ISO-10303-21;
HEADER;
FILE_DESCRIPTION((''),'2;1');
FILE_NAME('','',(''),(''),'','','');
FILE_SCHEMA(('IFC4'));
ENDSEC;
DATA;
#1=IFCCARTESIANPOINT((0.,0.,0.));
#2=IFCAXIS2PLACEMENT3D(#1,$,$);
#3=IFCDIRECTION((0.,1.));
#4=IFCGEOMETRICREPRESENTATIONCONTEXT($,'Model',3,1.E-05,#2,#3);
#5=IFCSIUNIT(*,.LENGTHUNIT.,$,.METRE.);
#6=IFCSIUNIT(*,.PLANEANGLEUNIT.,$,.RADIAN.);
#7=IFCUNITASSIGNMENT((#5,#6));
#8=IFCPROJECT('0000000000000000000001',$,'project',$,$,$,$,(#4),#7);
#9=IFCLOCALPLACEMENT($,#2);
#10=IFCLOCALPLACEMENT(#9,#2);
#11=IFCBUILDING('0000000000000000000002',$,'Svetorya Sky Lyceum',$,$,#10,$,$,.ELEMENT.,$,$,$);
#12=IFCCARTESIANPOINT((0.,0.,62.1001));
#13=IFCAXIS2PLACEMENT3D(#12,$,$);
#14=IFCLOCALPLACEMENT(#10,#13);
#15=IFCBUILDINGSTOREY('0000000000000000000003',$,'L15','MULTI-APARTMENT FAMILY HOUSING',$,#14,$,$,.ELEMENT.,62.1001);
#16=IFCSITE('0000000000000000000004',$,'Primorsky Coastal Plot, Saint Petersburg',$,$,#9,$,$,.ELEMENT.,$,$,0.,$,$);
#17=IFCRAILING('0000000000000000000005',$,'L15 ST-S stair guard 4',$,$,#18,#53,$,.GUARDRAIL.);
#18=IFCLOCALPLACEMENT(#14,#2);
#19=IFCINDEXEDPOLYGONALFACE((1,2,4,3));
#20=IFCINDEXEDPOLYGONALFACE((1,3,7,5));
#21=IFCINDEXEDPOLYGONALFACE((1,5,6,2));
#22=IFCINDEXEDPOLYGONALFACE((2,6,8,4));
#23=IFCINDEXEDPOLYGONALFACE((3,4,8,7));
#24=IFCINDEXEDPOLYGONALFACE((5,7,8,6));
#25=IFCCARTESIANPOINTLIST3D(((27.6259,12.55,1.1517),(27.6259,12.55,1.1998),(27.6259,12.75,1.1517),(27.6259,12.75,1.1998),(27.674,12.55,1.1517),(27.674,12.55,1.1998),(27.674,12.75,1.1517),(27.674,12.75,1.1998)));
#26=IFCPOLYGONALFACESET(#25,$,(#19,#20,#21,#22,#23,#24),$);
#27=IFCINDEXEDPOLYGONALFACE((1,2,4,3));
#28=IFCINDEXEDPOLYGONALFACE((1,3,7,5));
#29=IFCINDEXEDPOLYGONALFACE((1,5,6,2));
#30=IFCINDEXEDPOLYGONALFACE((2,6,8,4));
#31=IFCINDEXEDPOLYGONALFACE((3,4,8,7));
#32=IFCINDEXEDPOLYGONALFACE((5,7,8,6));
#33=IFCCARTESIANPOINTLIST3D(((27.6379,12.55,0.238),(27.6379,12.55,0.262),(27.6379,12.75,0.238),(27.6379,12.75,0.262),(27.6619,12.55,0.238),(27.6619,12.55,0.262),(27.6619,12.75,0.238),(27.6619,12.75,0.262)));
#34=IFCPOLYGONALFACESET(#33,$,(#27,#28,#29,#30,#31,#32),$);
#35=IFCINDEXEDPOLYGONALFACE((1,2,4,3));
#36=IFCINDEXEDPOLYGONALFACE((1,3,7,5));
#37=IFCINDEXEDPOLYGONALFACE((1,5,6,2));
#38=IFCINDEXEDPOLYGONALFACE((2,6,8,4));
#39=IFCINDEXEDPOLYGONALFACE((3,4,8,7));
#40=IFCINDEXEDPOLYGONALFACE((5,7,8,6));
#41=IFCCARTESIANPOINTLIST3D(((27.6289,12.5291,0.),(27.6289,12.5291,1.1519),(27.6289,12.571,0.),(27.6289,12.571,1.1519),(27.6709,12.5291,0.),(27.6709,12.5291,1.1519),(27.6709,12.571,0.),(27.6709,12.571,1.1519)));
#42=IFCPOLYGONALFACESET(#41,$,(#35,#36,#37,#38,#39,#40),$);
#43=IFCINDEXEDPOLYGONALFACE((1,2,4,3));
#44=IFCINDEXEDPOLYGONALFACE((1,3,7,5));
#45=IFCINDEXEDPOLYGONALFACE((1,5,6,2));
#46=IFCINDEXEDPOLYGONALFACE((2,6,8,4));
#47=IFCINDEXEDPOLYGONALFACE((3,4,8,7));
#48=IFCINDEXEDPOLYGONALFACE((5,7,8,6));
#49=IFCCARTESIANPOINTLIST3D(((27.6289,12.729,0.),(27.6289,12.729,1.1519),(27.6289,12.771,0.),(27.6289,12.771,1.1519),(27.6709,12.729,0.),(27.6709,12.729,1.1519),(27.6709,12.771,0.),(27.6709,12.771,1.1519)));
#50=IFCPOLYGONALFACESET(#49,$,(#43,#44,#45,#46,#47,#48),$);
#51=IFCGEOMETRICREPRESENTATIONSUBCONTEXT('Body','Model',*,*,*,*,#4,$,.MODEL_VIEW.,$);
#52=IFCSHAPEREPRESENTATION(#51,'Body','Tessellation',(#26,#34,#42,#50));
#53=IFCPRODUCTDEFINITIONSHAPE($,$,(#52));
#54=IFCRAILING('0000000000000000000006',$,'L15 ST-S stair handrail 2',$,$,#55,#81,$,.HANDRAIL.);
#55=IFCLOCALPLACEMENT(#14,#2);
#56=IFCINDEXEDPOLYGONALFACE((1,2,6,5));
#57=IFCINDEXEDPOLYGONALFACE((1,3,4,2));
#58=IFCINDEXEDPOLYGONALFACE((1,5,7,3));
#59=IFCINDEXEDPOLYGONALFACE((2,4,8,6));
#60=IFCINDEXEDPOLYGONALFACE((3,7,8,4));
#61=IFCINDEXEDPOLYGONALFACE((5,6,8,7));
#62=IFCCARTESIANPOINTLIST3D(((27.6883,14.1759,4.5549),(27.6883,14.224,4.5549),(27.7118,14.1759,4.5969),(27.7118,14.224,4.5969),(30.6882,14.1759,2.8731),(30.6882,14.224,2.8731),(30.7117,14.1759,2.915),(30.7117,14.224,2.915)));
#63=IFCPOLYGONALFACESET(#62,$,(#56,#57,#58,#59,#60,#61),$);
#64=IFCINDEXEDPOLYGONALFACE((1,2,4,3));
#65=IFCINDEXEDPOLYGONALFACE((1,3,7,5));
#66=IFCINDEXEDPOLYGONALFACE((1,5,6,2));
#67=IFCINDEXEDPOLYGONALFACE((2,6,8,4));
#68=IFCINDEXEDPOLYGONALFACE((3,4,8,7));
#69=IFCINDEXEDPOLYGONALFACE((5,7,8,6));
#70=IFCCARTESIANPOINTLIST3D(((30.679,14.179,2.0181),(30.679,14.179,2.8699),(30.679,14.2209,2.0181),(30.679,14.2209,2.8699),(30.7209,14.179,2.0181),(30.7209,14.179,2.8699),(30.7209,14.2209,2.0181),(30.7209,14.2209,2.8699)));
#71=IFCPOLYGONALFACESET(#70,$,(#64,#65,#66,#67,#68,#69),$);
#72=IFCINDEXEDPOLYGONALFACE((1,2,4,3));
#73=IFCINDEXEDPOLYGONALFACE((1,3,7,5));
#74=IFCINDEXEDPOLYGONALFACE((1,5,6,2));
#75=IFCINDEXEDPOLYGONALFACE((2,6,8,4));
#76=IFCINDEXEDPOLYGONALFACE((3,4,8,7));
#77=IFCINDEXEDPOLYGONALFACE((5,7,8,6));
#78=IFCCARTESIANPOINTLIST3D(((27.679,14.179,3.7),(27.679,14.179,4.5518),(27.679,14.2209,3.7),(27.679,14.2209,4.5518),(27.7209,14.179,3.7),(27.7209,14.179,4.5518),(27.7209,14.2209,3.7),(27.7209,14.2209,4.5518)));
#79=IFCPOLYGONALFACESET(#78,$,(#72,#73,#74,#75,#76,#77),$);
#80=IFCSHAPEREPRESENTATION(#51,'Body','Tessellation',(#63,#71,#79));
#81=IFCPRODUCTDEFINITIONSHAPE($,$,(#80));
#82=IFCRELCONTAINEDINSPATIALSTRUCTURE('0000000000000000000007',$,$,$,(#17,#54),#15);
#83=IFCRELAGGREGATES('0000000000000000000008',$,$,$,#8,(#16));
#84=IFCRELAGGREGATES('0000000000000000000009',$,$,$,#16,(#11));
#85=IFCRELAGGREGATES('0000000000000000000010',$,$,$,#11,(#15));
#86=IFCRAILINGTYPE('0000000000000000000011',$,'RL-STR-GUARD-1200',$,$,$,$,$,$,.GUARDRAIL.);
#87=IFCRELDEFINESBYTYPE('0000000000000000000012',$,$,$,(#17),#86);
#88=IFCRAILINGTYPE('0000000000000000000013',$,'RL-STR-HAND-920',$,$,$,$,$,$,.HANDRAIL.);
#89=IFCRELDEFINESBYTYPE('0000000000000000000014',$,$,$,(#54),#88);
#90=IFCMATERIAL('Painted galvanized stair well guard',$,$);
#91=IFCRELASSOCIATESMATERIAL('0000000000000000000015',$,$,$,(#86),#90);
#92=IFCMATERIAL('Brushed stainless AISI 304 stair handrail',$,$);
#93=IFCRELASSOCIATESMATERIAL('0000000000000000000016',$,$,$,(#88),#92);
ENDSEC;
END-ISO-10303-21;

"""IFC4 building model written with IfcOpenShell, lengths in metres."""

from ifc_helpers import new_model, si_unit, direction, frame, origin, origin_2d, place, context, subcontext, project, spatial, rectangle, extrude, material, type_object, element, save


model = new_model("IFC4")

# Units and contexts
model_context = context("Model", 3, precision=1e-05, world=origin(), true_north=direction((0.0, 1.0)))
body_context = subcontext(model_context, "Body", "Model", "MODEL_VIEW")
ifc_project = project(units=[si_unit("LENGTHUNIT", "METRE"), si_unit("PLANEANGLEUNIT", "RADIAN")], contexts=[model_context])

# Site, building, storey
site_placement = place(None, origin())
site = spatial("IfcSite", under=ifc_project, at=site_placement, Name="Primorsky Coastal Plot, Saint Petersburg", CompositionType="ELEMENT", RefElevation=0.0)
building_placement = place(site_placement, origin())
building = spatial("IfcBuilding", under=site, at=building_placement, Name="Svetorya Sky Lyceum", CompositionType="ELEMENT")
storey_placement = place(building_placement, frame((0.0, 0.0, 62.1001)))
storey = spatial("IfcBuildingStorey", under=building, at=storey_placement, Name="L15", Description="MULTI-APARTMENT FAMILY HOUSING", CompositionType="ELEMENT", Elevation=62.1001)

# Railings
ifc_material_1 = material(Name="Painted galvanized stair well guard")
railing_type_1 = type_object("IfcRailingType", Name="RL-STR-GUARD-1200", PredefinedType="GUARDRAIL", material=ifc_material_1)
railing_1_placement = place(storey_placement, frame((27.6499, 12.55, 0.0)))
element("IfcRailing", 1, at=railing_1_placement, inside=storey, type_object=railing_type_1, Name="L15 ST-S stair guard 4", PredefinedType="GUARDRAIL", context=body_context, shape_type="SweptSolid", body=[
    extrude(rectangle(XDim=0.0481, YDim=0.0481, at=origin_2d()), frame((0.0, 0.0, 1.1758), z_axis=(0.0, 1.0, 0.0), x_axis=(-1.0, 0.0, 0.0)), (0.0, 0.0, 1.0), 0.2),
    extrude(rectangle(XDim=0.0239, YDim=0.0239, at=origin_2d()), frame((0.0, 0.0, 0.25), z_axis=(0.0, 1.0, 0.0), x_axis=(-1.0, 0.0, 0.0)), (0.0, 0.0, 1.0), 0.2),
    extrude(rectangle(XDim=0.042, YDim=0.042, at=origin_2d()), origin(), (0.0, 0.0, 1.0), 1.1519),
    extrude(rectangle(XDim=0.042, YDim=0.042, at=origin_2d()), frame((0.0, 0.2, 0.0)), (0.0, 0.0, 1.0), 1.1519),
])
ifc_material_2 = material(Name="Brushed stainless AISI 304 stair handrail")
railing_type_2 = type_object("IfcRailingType", Name="RL-STR-HAND-920", PredefinedType="HANDRAIL", material=ifc_material_2)
railing_2_placement = place(storey_placement, frame((30.7, 14.2, 2.0181)))
element("IfcRailing", 2, at=railing_2_placement, inside=storey, type_object=railing_type_2, Name="L15 ST-S stair handrail 2", PredefinedType="HANDRAIL", context=body_context, shape_type="SweptSolid", body=[
    extrude(rectangle(XDim=0.0481, YDim=0.0481, at=origin_2d()), frame((0.0, 0.0, 0.876), z_axis=(-0.872272, 0.0, 0.48902), x_axis=(0.0, -1.0, 0.0)), (0.0, 0.0, 1.0), 3.4392),
    extrude(rectangle(XDim=0.042, YDim=0.042, at=origin_2d()), origin(), (0.0, 0.0, 1.0), 0.8518),
    extrude(rectangle(XDim=0.042, YDim=0.042, at=origin_2d()), frame((-3.0, 0.0, 1.6819)), (0.0, 0.0, 1.0), 0.8518),
])

save(model, "model.ifc")
